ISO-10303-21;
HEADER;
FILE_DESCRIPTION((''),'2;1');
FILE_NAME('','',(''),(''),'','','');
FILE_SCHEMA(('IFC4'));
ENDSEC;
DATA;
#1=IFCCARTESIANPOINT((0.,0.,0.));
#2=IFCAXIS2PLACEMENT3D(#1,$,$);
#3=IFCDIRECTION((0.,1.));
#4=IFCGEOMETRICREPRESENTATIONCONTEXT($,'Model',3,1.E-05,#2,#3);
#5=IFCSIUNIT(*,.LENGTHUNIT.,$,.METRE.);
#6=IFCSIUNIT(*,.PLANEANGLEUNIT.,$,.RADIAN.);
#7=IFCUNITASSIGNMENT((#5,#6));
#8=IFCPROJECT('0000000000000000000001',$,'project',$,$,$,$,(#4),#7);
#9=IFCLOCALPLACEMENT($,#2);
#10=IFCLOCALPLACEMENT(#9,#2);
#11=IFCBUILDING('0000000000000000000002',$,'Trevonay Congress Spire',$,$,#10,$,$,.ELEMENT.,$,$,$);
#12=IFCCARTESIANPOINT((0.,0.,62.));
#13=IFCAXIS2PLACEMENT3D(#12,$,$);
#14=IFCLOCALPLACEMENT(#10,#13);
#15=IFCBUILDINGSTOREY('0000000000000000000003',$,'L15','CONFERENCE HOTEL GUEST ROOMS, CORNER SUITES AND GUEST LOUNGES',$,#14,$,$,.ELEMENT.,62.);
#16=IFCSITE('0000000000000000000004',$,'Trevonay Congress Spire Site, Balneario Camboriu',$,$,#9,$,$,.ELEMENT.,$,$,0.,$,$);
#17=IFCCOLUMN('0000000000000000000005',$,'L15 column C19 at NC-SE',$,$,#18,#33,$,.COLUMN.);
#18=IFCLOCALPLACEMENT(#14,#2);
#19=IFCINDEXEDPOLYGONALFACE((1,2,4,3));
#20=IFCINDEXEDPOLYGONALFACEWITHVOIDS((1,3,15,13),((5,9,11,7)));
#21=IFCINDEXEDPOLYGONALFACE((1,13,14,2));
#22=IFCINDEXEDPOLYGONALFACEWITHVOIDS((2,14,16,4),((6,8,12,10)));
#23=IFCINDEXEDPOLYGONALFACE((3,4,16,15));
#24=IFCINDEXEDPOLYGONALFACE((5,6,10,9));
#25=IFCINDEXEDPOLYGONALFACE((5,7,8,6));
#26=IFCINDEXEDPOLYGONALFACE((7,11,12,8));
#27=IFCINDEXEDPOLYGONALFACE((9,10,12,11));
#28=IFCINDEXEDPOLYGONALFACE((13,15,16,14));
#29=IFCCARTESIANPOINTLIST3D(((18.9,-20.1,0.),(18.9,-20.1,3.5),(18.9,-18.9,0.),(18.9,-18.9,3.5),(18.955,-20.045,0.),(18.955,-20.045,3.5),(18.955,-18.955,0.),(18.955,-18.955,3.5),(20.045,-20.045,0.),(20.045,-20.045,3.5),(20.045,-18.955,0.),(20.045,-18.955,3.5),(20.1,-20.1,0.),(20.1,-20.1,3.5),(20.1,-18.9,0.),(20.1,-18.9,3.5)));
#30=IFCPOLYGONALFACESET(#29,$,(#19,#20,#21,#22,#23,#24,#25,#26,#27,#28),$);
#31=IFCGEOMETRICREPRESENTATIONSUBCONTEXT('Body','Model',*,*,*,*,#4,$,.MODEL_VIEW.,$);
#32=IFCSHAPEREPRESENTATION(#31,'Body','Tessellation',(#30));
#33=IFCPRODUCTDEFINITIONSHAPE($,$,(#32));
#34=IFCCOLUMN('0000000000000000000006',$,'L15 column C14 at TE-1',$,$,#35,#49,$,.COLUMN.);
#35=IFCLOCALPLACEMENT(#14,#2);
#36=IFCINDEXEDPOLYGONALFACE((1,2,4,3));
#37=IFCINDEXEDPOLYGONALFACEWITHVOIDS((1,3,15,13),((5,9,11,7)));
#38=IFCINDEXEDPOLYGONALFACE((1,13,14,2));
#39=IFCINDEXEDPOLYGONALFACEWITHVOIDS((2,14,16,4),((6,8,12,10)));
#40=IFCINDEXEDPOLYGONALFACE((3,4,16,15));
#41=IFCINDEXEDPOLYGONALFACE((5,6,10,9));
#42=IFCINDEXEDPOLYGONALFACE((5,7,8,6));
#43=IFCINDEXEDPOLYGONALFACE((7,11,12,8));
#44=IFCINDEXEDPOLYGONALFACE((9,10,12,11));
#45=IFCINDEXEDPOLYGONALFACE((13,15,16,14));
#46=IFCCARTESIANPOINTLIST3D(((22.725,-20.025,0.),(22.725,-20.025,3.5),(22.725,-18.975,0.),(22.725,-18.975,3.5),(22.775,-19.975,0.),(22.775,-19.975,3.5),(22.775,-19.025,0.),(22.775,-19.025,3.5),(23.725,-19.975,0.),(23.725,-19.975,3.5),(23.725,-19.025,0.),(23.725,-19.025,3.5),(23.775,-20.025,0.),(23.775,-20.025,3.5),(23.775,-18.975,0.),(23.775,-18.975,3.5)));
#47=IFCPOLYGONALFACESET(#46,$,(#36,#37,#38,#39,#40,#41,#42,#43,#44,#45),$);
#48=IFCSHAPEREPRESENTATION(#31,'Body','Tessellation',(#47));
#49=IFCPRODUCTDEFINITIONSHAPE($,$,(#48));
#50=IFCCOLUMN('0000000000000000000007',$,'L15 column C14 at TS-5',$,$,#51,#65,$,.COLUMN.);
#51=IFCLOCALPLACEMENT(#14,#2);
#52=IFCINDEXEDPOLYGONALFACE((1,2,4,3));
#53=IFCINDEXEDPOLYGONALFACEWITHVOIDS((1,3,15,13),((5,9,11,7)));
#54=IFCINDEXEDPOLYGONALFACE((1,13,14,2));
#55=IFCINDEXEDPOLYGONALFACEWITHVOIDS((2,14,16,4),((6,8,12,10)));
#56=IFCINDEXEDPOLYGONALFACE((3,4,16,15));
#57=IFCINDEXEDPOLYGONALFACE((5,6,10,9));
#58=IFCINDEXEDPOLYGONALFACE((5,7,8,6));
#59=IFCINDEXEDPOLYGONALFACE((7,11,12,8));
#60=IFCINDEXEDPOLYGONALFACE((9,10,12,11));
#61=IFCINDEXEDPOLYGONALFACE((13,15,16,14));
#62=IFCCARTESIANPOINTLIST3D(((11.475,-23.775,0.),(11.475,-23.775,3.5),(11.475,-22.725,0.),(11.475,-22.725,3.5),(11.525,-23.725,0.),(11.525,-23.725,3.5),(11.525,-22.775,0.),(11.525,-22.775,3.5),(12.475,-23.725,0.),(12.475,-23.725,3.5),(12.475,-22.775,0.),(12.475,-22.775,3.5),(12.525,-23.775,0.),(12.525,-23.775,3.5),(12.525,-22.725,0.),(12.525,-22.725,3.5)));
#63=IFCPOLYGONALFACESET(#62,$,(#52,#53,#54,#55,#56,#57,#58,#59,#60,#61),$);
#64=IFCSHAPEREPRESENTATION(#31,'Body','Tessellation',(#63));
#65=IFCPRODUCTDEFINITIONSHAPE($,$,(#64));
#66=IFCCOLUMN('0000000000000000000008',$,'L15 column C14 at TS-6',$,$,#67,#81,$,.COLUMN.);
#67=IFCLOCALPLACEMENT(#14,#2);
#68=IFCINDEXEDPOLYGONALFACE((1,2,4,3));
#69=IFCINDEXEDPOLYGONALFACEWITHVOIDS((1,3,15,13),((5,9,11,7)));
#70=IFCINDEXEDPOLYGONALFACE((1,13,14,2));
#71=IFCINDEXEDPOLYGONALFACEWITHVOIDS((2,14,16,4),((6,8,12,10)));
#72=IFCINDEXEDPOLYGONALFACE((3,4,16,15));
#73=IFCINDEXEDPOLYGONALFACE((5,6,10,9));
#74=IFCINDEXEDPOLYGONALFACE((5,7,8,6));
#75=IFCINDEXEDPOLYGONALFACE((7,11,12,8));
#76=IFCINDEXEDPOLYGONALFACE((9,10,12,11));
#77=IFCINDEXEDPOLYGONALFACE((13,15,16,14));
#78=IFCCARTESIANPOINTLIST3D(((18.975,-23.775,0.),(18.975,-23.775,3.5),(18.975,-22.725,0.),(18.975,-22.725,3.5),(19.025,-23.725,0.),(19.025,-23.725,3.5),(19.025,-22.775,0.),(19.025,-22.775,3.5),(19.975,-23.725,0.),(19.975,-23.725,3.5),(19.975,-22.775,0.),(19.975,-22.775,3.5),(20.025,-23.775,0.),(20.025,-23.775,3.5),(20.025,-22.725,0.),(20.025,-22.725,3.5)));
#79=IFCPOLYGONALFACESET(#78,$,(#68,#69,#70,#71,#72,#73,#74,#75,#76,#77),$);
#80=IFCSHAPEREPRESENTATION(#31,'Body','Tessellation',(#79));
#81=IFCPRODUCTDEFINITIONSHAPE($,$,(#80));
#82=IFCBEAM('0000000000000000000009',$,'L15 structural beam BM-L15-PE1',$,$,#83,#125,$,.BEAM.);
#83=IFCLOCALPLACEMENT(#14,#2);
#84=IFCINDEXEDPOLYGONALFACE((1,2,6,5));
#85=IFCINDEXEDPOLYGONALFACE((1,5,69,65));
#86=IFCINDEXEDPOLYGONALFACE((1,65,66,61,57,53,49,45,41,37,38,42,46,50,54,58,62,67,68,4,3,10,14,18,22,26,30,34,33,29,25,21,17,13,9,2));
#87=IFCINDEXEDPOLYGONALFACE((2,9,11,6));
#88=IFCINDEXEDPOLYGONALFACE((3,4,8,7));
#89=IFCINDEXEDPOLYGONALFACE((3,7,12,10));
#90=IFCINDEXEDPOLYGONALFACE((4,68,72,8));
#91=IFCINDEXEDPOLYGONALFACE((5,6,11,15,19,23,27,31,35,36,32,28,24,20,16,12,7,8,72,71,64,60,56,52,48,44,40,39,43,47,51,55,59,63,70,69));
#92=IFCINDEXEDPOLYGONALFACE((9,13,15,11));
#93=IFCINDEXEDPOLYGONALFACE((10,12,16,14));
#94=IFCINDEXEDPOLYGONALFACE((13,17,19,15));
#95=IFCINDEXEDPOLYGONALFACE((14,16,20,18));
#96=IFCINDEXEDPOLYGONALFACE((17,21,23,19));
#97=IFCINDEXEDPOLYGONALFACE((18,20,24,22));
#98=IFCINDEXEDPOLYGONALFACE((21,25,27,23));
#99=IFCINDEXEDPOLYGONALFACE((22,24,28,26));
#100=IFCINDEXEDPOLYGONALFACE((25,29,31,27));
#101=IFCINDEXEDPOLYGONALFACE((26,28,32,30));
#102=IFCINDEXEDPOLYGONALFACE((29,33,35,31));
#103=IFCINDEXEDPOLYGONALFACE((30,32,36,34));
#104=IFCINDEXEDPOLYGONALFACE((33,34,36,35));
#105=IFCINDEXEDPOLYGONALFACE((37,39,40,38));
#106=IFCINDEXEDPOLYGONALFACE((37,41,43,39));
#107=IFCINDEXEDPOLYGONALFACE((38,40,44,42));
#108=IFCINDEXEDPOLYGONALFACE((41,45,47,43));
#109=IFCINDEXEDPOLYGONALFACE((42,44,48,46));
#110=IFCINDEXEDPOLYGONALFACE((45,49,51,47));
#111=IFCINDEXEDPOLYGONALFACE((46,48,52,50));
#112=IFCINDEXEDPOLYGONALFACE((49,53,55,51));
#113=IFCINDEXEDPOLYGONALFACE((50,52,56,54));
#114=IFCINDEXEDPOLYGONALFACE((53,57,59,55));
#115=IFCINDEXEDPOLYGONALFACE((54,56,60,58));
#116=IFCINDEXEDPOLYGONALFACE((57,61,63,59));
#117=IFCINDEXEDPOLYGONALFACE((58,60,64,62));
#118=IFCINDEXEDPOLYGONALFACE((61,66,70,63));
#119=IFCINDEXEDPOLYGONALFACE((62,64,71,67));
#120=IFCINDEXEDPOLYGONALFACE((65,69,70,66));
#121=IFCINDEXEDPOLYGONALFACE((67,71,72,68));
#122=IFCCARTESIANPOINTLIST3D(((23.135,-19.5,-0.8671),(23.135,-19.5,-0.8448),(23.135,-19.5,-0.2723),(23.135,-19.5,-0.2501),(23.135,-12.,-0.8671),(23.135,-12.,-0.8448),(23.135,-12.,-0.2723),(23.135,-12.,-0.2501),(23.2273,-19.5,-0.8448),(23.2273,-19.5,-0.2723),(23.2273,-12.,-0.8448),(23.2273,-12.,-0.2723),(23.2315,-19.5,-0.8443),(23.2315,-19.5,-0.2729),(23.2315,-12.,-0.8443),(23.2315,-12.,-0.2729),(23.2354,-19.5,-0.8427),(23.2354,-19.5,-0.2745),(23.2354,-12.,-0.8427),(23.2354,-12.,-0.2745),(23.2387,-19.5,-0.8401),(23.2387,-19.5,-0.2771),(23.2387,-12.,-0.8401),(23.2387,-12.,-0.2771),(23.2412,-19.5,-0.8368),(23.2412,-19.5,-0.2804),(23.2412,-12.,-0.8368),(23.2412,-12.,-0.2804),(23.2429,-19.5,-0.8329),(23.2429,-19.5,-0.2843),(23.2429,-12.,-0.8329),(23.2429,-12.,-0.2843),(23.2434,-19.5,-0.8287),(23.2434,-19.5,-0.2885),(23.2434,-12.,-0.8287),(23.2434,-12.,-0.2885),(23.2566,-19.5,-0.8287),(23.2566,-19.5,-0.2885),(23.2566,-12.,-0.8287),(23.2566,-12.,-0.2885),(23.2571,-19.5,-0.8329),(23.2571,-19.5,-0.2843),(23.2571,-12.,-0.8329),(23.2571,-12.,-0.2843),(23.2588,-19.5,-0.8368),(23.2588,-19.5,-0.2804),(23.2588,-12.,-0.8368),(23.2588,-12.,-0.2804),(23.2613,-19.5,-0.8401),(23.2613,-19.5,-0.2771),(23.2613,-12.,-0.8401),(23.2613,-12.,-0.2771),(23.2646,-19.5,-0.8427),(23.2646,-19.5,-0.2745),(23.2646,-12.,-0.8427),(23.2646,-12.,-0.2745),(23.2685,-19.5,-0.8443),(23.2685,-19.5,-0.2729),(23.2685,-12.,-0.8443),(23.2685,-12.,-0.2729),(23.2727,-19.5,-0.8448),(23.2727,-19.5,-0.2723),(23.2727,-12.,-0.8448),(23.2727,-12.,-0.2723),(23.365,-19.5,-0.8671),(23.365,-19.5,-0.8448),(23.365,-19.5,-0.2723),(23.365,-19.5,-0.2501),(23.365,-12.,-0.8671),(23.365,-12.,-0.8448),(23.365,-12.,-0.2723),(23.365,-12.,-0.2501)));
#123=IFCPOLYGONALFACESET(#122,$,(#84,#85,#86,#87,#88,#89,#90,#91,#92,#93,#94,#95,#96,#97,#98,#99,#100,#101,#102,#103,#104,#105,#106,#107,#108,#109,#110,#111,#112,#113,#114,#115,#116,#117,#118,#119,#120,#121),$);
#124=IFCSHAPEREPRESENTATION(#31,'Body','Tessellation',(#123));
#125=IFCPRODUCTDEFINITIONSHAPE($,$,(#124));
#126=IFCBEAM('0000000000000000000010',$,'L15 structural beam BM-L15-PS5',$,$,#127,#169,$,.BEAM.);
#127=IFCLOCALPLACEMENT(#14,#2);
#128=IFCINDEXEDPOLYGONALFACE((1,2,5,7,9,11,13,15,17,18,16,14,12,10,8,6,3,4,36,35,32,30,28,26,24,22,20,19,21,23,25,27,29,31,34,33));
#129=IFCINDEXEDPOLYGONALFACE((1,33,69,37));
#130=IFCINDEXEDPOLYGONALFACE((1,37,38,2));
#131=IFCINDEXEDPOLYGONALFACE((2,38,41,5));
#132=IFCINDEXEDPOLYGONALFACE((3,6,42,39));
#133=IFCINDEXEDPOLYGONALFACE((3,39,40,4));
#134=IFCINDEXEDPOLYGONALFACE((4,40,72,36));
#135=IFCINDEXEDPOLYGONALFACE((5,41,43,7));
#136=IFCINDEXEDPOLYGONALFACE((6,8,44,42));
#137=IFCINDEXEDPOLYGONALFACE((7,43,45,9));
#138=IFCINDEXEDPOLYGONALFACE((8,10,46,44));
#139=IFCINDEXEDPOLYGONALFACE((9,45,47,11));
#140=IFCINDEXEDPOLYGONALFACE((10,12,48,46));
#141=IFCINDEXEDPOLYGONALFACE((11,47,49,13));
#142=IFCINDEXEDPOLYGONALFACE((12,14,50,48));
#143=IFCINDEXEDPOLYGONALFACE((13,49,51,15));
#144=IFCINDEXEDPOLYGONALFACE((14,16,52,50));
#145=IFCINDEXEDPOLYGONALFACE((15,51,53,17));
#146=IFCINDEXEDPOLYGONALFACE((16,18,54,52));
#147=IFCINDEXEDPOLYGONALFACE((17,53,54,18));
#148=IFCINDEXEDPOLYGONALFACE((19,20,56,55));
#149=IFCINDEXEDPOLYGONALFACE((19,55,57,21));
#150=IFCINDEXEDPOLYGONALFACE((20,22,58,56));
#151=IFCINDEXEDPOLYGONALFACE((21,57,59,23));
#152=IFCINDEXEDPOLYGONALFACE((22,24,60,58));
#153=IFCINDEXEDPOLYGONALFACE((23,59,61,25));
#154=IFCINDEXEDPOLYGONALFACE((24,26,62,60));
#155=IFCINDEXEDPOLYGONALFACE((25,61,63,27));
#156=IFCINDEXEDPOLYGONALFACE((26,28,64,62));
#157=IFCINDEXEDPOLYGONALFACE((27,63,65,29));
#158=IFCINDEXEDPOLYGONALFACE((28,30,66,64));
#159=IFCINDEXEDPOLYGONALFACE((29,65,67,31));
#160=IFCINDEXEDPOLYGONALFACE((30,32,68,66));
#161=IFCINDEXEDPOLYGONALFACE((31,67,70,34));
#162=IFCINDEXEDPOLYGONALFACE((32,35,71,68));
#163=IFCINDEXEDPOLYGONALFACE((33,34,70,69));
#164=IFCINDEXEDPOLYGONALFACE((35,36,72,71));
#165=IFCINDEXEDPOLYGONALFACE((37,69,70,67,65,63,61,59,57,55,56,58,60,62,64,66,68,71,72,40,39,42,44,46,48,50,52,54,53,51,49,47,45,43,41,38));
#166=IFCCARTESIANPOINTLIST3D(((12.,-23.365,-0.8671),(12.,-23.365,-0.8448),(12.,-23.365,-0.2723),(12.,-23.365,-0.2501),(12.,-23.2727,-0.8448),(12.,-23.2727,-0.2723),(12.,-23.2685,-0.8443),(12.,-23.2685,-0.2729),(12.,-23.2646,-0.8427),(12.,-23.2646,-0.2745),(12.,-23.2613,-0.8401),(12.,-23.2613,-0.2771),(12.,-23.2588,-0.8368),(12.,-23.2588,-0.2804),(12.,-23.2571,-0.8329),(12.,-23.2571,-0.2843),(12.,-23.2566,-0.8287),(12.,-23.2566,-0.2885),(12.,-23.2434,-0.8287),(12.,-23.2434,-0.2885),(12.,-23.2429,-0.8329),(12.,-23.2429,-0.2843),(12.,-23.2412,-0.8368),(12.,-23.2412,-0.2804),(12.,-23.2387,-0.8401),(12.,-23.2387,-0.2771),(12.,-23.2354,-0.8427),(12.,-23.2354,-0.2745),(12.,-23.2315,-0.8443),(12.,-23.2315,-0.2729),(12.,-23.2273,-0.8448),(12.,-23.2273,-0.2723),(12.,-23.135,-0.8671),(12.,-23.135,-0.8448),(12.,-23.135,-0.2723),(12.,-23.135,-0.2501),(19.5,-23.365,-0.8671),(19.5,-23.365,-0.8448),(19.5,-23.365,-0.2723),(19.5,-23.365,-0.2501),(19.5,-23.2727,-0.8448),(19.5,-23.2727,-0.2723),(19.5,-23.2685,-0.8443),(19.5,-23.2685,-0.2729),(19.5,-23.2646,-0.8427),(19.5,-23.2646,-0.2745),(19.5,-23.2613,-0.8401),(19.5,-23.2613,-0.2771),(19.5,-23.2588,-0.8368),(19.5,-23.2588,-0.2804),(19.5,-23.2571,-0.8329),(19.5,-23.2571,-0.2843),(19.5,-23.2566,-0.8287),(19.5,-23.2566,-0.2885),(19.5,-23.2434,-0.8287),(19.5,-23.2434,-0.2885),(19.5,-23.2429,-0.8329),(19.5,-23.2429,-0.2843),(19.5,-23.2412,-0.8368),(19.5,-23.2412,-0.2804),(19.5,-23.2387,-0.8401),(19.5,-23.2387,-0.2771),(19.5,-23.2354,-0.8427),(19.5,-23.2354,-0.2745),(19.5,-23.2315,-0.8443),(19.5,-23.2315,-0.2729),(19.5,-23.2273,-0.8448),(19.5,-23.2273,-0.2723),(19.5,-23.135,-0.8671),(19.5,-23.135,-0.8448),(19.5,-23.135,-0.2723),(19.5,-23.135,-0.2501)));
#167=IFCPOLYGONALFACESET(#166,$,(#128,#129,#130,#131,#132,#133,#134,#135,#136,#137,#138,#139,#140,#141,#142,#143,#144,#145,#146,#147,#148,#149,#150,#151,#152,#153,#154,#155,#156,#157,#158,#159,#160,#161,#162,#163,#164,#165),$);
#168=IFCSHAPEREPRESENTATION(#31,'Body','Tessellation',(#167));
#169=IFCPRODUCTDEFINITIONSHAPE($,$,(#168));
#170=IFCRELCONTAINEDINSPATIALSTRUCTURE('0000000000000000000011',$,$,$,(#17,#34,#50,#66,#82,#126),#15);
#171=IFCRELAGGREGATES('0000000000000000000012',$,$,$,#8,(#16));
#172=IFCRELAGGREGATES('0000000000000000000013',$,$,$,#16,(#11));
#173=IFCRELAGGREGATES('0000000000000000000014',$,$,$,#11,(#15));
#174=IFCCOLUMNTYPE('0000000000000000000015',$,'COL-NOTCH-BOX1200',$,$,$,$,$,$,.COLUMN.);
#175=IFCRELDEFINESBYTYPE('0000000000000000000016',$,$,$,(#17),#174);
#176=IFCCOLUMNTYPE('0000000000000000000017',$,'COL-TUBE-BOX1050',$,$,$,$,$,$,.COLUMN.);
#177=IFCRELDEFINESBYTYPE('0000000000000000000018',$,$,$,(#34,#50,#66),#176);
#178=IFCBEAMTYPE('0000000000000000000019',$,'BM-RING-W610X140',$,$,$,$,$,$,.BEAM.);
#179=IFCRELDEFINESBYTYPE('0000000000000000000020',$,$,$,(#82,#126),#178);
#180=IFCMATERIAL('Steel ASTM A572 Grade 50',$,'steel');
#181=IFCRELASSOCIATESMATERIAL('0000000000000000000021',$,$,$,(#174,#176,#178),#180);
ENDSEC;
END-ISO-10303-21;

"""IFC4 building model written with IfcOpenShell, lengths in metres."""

from ifc_helpers import new_model, si_unit, direction, frame, origin, origin_2d, place, context, subcontext, project, spatial, hollow_rectangle, i_section, extrude, material, material_profile, profile_set, type_object, element, save


model = new_model("IFC4")

# Units and contexts
model_context = context("Model", 3, precision=1e-05, world=origin(), true_north=direction((0.0, 1.0)))
body_context = subcontext(model_context, "Body", "Model", "MODEL_VIEW")
ifc_project = project(units=[si_unit("LENGTHUNIT", "METRE"), si_unit("PLANEANGLEUNIT", "RADIAN")], contexts=[model_context])

# Site, building, storey
site_placement = place(None, origin())
site = spatial("IfcSite", under=ifc_project, at=site_placement, Name="Trevonay Congress Spire Site, Balneario Camboriu", CompositionType="ELEMENT", RefElevation=0.0)
building_placement = place(site_placement, origin())
building = spatial("IfcBuilding", under=site, at=building_placement, Name="Trevonay Congress Spire", CompositionType="ELEMENT")
storey_placement = place(building_placement, frame((0.0, 0.0, 62.0)))
storey = spatial("IfcBuildingStorey", under=building, at=storey_placement, Name="L15", Description="CONFERENCE HOTEL GUEST ROOMS, CORNER SUITES AND GUEST LOUNGES", CompositionType="ELEMENT", Elevation=62.0)

# Columns
ifc_material_1 = material(Name="Steel ASTM A572 Grade 50", Category="steel")
ifc_material_profile_1 = material_profile(ifc_material_1, hollow_rectangle(XDim=1.2, YDim=1.2, WallThickness=0.0549, at=origin_2d()), Name="BOX 1200x1200x55")
ifc_profile_set_1 = profile_set([ifc_material_profile_1], Name="Steel ASTM A572 Grade 50")
column_type_1 = type_object("IfcColumnType", Name="COL-NOTCH-BOX1200", PredefinedType="COLUMN", material=ifc_profile_set_1)
column_placement = place(storey_placement, frame((19.5, -19.5, 0.0), z_axis=(0.0, 0.0, 1.0), x_axis=(1.0, 0.0, 0.0)))
element("IfcColumn", 1, at=column_placement, inside=storey, type_object=column_type_1, Name="L15 column C19 at NC-SE", PredefinedType="COLUMN", context=body_context, shape_type="SweptSolid", body=[
    extrude(hollow_rectangle(XDim=1.2, YDim=1.2, WallThickness=0.0549, at=origin_2d()), origin(), (0.0, 0.0, 1.0), 3.5),
])
ifc_material_profile_2 = material_profile(ifc_material_1, hollow_rectangle(XDim=1.05, YDim=1.05, WallThickness=0.05, at=origin_2d()), Name="BOX 1050x1050x50")
ifc_profile_set_2 = profile_set([ifc_material_profile_2], Name="Steel ASTM A572 Grade 50")
column_type_2 = type_object("IfcColumnType", Name="COL-TUBE-BOX1050", PredefinedType="COLUMN", material=ifc_profile_set_2)
for number, where, z_axis, x_axis, name in (
    (2, (23.25, -19.5, 0.0), (0.0, 0.0, 1.0), (1.0, 0.0, 0.0), "L15 column C14 at TE-1"),
    (3, (12.0, -23.25, 0.0), (0.0, 0.0, 1.0), (1.0, 0.0, 0.0), "L15 column C14 at TS-5"),
    (4, (19.5, -23.25, 0.0), (0.0, 0.0, 1.0), (1.0, 0.0, 0.0), "L15 column C14 at TS-6"),
):
    element("IfcColumn", number, at=place(storey_placement, frame(where, z_axis=z_axis, x_axis=x_axis)), inside=storey, type_object=column_type_2, Name=name, PredefinedType="COLUMN", context=body_context, shape_type="SweptSolid", body=[
        extrude(hollow_rectangle(XDim=1.05, YDim=1.05, WallThickness=0.05, at=origin_2d()), origin(), (0.0, 0.0, 1.0), 3.5),
    ])

# Beams
ifc_material_profile_3 = material_profile(ifc_material_1, i_section(OverallWidth=0.23, OverallDepth=0.6169, WebThickness=0.0132, FlangeThickness=0.0222, FilletRadius=0.0161, at=origin_2d()), Name="W610x140")
ifc_profile_set_3 = profile_set([ifc_material_profile_3], Name="Steel ASTM A572 Grade 50")
beam_type_1 = type_object("IfcBeamType", Name="BM-RING-W610X140", PredefinedType="BEAM", material=ifc_profile_set_3)
for number, where, z_axis, x_axis, name in (
    (5, (23.25, -19.5, -0.5586), (0.0, 1.0, 0.0), (-1.0, 0.0, 0.0), "L15 structural beam BM-L15-PE1"),
    (6, (12.0, -23.25, -0.5586), (1.0, 0.0, 0.0), (0.0, 1.0, 0.0), "L15 structural beam BM-L15-PS5"),
):
    element("IfcBeam", number, at=place(storey_placement, frame(where, z_axis=z_axis, x_axis=x_axis)), inside=storey, type_object=beam_type_1, Name=name, PredefinedType="BEAM", context=body_context, shape_type="SweptSolid", body=[
        extrude(i_section(OverallWidth=0.23, OverallDepth=0.6169, WebThickness=0.0132, FlangeThickness=0.0222, FilletRadius=0.0161, at=origin_2d()), origin(), (0.0, 0.0, 1.0), 7.5),
    ])

save(model, "model.ifc")
